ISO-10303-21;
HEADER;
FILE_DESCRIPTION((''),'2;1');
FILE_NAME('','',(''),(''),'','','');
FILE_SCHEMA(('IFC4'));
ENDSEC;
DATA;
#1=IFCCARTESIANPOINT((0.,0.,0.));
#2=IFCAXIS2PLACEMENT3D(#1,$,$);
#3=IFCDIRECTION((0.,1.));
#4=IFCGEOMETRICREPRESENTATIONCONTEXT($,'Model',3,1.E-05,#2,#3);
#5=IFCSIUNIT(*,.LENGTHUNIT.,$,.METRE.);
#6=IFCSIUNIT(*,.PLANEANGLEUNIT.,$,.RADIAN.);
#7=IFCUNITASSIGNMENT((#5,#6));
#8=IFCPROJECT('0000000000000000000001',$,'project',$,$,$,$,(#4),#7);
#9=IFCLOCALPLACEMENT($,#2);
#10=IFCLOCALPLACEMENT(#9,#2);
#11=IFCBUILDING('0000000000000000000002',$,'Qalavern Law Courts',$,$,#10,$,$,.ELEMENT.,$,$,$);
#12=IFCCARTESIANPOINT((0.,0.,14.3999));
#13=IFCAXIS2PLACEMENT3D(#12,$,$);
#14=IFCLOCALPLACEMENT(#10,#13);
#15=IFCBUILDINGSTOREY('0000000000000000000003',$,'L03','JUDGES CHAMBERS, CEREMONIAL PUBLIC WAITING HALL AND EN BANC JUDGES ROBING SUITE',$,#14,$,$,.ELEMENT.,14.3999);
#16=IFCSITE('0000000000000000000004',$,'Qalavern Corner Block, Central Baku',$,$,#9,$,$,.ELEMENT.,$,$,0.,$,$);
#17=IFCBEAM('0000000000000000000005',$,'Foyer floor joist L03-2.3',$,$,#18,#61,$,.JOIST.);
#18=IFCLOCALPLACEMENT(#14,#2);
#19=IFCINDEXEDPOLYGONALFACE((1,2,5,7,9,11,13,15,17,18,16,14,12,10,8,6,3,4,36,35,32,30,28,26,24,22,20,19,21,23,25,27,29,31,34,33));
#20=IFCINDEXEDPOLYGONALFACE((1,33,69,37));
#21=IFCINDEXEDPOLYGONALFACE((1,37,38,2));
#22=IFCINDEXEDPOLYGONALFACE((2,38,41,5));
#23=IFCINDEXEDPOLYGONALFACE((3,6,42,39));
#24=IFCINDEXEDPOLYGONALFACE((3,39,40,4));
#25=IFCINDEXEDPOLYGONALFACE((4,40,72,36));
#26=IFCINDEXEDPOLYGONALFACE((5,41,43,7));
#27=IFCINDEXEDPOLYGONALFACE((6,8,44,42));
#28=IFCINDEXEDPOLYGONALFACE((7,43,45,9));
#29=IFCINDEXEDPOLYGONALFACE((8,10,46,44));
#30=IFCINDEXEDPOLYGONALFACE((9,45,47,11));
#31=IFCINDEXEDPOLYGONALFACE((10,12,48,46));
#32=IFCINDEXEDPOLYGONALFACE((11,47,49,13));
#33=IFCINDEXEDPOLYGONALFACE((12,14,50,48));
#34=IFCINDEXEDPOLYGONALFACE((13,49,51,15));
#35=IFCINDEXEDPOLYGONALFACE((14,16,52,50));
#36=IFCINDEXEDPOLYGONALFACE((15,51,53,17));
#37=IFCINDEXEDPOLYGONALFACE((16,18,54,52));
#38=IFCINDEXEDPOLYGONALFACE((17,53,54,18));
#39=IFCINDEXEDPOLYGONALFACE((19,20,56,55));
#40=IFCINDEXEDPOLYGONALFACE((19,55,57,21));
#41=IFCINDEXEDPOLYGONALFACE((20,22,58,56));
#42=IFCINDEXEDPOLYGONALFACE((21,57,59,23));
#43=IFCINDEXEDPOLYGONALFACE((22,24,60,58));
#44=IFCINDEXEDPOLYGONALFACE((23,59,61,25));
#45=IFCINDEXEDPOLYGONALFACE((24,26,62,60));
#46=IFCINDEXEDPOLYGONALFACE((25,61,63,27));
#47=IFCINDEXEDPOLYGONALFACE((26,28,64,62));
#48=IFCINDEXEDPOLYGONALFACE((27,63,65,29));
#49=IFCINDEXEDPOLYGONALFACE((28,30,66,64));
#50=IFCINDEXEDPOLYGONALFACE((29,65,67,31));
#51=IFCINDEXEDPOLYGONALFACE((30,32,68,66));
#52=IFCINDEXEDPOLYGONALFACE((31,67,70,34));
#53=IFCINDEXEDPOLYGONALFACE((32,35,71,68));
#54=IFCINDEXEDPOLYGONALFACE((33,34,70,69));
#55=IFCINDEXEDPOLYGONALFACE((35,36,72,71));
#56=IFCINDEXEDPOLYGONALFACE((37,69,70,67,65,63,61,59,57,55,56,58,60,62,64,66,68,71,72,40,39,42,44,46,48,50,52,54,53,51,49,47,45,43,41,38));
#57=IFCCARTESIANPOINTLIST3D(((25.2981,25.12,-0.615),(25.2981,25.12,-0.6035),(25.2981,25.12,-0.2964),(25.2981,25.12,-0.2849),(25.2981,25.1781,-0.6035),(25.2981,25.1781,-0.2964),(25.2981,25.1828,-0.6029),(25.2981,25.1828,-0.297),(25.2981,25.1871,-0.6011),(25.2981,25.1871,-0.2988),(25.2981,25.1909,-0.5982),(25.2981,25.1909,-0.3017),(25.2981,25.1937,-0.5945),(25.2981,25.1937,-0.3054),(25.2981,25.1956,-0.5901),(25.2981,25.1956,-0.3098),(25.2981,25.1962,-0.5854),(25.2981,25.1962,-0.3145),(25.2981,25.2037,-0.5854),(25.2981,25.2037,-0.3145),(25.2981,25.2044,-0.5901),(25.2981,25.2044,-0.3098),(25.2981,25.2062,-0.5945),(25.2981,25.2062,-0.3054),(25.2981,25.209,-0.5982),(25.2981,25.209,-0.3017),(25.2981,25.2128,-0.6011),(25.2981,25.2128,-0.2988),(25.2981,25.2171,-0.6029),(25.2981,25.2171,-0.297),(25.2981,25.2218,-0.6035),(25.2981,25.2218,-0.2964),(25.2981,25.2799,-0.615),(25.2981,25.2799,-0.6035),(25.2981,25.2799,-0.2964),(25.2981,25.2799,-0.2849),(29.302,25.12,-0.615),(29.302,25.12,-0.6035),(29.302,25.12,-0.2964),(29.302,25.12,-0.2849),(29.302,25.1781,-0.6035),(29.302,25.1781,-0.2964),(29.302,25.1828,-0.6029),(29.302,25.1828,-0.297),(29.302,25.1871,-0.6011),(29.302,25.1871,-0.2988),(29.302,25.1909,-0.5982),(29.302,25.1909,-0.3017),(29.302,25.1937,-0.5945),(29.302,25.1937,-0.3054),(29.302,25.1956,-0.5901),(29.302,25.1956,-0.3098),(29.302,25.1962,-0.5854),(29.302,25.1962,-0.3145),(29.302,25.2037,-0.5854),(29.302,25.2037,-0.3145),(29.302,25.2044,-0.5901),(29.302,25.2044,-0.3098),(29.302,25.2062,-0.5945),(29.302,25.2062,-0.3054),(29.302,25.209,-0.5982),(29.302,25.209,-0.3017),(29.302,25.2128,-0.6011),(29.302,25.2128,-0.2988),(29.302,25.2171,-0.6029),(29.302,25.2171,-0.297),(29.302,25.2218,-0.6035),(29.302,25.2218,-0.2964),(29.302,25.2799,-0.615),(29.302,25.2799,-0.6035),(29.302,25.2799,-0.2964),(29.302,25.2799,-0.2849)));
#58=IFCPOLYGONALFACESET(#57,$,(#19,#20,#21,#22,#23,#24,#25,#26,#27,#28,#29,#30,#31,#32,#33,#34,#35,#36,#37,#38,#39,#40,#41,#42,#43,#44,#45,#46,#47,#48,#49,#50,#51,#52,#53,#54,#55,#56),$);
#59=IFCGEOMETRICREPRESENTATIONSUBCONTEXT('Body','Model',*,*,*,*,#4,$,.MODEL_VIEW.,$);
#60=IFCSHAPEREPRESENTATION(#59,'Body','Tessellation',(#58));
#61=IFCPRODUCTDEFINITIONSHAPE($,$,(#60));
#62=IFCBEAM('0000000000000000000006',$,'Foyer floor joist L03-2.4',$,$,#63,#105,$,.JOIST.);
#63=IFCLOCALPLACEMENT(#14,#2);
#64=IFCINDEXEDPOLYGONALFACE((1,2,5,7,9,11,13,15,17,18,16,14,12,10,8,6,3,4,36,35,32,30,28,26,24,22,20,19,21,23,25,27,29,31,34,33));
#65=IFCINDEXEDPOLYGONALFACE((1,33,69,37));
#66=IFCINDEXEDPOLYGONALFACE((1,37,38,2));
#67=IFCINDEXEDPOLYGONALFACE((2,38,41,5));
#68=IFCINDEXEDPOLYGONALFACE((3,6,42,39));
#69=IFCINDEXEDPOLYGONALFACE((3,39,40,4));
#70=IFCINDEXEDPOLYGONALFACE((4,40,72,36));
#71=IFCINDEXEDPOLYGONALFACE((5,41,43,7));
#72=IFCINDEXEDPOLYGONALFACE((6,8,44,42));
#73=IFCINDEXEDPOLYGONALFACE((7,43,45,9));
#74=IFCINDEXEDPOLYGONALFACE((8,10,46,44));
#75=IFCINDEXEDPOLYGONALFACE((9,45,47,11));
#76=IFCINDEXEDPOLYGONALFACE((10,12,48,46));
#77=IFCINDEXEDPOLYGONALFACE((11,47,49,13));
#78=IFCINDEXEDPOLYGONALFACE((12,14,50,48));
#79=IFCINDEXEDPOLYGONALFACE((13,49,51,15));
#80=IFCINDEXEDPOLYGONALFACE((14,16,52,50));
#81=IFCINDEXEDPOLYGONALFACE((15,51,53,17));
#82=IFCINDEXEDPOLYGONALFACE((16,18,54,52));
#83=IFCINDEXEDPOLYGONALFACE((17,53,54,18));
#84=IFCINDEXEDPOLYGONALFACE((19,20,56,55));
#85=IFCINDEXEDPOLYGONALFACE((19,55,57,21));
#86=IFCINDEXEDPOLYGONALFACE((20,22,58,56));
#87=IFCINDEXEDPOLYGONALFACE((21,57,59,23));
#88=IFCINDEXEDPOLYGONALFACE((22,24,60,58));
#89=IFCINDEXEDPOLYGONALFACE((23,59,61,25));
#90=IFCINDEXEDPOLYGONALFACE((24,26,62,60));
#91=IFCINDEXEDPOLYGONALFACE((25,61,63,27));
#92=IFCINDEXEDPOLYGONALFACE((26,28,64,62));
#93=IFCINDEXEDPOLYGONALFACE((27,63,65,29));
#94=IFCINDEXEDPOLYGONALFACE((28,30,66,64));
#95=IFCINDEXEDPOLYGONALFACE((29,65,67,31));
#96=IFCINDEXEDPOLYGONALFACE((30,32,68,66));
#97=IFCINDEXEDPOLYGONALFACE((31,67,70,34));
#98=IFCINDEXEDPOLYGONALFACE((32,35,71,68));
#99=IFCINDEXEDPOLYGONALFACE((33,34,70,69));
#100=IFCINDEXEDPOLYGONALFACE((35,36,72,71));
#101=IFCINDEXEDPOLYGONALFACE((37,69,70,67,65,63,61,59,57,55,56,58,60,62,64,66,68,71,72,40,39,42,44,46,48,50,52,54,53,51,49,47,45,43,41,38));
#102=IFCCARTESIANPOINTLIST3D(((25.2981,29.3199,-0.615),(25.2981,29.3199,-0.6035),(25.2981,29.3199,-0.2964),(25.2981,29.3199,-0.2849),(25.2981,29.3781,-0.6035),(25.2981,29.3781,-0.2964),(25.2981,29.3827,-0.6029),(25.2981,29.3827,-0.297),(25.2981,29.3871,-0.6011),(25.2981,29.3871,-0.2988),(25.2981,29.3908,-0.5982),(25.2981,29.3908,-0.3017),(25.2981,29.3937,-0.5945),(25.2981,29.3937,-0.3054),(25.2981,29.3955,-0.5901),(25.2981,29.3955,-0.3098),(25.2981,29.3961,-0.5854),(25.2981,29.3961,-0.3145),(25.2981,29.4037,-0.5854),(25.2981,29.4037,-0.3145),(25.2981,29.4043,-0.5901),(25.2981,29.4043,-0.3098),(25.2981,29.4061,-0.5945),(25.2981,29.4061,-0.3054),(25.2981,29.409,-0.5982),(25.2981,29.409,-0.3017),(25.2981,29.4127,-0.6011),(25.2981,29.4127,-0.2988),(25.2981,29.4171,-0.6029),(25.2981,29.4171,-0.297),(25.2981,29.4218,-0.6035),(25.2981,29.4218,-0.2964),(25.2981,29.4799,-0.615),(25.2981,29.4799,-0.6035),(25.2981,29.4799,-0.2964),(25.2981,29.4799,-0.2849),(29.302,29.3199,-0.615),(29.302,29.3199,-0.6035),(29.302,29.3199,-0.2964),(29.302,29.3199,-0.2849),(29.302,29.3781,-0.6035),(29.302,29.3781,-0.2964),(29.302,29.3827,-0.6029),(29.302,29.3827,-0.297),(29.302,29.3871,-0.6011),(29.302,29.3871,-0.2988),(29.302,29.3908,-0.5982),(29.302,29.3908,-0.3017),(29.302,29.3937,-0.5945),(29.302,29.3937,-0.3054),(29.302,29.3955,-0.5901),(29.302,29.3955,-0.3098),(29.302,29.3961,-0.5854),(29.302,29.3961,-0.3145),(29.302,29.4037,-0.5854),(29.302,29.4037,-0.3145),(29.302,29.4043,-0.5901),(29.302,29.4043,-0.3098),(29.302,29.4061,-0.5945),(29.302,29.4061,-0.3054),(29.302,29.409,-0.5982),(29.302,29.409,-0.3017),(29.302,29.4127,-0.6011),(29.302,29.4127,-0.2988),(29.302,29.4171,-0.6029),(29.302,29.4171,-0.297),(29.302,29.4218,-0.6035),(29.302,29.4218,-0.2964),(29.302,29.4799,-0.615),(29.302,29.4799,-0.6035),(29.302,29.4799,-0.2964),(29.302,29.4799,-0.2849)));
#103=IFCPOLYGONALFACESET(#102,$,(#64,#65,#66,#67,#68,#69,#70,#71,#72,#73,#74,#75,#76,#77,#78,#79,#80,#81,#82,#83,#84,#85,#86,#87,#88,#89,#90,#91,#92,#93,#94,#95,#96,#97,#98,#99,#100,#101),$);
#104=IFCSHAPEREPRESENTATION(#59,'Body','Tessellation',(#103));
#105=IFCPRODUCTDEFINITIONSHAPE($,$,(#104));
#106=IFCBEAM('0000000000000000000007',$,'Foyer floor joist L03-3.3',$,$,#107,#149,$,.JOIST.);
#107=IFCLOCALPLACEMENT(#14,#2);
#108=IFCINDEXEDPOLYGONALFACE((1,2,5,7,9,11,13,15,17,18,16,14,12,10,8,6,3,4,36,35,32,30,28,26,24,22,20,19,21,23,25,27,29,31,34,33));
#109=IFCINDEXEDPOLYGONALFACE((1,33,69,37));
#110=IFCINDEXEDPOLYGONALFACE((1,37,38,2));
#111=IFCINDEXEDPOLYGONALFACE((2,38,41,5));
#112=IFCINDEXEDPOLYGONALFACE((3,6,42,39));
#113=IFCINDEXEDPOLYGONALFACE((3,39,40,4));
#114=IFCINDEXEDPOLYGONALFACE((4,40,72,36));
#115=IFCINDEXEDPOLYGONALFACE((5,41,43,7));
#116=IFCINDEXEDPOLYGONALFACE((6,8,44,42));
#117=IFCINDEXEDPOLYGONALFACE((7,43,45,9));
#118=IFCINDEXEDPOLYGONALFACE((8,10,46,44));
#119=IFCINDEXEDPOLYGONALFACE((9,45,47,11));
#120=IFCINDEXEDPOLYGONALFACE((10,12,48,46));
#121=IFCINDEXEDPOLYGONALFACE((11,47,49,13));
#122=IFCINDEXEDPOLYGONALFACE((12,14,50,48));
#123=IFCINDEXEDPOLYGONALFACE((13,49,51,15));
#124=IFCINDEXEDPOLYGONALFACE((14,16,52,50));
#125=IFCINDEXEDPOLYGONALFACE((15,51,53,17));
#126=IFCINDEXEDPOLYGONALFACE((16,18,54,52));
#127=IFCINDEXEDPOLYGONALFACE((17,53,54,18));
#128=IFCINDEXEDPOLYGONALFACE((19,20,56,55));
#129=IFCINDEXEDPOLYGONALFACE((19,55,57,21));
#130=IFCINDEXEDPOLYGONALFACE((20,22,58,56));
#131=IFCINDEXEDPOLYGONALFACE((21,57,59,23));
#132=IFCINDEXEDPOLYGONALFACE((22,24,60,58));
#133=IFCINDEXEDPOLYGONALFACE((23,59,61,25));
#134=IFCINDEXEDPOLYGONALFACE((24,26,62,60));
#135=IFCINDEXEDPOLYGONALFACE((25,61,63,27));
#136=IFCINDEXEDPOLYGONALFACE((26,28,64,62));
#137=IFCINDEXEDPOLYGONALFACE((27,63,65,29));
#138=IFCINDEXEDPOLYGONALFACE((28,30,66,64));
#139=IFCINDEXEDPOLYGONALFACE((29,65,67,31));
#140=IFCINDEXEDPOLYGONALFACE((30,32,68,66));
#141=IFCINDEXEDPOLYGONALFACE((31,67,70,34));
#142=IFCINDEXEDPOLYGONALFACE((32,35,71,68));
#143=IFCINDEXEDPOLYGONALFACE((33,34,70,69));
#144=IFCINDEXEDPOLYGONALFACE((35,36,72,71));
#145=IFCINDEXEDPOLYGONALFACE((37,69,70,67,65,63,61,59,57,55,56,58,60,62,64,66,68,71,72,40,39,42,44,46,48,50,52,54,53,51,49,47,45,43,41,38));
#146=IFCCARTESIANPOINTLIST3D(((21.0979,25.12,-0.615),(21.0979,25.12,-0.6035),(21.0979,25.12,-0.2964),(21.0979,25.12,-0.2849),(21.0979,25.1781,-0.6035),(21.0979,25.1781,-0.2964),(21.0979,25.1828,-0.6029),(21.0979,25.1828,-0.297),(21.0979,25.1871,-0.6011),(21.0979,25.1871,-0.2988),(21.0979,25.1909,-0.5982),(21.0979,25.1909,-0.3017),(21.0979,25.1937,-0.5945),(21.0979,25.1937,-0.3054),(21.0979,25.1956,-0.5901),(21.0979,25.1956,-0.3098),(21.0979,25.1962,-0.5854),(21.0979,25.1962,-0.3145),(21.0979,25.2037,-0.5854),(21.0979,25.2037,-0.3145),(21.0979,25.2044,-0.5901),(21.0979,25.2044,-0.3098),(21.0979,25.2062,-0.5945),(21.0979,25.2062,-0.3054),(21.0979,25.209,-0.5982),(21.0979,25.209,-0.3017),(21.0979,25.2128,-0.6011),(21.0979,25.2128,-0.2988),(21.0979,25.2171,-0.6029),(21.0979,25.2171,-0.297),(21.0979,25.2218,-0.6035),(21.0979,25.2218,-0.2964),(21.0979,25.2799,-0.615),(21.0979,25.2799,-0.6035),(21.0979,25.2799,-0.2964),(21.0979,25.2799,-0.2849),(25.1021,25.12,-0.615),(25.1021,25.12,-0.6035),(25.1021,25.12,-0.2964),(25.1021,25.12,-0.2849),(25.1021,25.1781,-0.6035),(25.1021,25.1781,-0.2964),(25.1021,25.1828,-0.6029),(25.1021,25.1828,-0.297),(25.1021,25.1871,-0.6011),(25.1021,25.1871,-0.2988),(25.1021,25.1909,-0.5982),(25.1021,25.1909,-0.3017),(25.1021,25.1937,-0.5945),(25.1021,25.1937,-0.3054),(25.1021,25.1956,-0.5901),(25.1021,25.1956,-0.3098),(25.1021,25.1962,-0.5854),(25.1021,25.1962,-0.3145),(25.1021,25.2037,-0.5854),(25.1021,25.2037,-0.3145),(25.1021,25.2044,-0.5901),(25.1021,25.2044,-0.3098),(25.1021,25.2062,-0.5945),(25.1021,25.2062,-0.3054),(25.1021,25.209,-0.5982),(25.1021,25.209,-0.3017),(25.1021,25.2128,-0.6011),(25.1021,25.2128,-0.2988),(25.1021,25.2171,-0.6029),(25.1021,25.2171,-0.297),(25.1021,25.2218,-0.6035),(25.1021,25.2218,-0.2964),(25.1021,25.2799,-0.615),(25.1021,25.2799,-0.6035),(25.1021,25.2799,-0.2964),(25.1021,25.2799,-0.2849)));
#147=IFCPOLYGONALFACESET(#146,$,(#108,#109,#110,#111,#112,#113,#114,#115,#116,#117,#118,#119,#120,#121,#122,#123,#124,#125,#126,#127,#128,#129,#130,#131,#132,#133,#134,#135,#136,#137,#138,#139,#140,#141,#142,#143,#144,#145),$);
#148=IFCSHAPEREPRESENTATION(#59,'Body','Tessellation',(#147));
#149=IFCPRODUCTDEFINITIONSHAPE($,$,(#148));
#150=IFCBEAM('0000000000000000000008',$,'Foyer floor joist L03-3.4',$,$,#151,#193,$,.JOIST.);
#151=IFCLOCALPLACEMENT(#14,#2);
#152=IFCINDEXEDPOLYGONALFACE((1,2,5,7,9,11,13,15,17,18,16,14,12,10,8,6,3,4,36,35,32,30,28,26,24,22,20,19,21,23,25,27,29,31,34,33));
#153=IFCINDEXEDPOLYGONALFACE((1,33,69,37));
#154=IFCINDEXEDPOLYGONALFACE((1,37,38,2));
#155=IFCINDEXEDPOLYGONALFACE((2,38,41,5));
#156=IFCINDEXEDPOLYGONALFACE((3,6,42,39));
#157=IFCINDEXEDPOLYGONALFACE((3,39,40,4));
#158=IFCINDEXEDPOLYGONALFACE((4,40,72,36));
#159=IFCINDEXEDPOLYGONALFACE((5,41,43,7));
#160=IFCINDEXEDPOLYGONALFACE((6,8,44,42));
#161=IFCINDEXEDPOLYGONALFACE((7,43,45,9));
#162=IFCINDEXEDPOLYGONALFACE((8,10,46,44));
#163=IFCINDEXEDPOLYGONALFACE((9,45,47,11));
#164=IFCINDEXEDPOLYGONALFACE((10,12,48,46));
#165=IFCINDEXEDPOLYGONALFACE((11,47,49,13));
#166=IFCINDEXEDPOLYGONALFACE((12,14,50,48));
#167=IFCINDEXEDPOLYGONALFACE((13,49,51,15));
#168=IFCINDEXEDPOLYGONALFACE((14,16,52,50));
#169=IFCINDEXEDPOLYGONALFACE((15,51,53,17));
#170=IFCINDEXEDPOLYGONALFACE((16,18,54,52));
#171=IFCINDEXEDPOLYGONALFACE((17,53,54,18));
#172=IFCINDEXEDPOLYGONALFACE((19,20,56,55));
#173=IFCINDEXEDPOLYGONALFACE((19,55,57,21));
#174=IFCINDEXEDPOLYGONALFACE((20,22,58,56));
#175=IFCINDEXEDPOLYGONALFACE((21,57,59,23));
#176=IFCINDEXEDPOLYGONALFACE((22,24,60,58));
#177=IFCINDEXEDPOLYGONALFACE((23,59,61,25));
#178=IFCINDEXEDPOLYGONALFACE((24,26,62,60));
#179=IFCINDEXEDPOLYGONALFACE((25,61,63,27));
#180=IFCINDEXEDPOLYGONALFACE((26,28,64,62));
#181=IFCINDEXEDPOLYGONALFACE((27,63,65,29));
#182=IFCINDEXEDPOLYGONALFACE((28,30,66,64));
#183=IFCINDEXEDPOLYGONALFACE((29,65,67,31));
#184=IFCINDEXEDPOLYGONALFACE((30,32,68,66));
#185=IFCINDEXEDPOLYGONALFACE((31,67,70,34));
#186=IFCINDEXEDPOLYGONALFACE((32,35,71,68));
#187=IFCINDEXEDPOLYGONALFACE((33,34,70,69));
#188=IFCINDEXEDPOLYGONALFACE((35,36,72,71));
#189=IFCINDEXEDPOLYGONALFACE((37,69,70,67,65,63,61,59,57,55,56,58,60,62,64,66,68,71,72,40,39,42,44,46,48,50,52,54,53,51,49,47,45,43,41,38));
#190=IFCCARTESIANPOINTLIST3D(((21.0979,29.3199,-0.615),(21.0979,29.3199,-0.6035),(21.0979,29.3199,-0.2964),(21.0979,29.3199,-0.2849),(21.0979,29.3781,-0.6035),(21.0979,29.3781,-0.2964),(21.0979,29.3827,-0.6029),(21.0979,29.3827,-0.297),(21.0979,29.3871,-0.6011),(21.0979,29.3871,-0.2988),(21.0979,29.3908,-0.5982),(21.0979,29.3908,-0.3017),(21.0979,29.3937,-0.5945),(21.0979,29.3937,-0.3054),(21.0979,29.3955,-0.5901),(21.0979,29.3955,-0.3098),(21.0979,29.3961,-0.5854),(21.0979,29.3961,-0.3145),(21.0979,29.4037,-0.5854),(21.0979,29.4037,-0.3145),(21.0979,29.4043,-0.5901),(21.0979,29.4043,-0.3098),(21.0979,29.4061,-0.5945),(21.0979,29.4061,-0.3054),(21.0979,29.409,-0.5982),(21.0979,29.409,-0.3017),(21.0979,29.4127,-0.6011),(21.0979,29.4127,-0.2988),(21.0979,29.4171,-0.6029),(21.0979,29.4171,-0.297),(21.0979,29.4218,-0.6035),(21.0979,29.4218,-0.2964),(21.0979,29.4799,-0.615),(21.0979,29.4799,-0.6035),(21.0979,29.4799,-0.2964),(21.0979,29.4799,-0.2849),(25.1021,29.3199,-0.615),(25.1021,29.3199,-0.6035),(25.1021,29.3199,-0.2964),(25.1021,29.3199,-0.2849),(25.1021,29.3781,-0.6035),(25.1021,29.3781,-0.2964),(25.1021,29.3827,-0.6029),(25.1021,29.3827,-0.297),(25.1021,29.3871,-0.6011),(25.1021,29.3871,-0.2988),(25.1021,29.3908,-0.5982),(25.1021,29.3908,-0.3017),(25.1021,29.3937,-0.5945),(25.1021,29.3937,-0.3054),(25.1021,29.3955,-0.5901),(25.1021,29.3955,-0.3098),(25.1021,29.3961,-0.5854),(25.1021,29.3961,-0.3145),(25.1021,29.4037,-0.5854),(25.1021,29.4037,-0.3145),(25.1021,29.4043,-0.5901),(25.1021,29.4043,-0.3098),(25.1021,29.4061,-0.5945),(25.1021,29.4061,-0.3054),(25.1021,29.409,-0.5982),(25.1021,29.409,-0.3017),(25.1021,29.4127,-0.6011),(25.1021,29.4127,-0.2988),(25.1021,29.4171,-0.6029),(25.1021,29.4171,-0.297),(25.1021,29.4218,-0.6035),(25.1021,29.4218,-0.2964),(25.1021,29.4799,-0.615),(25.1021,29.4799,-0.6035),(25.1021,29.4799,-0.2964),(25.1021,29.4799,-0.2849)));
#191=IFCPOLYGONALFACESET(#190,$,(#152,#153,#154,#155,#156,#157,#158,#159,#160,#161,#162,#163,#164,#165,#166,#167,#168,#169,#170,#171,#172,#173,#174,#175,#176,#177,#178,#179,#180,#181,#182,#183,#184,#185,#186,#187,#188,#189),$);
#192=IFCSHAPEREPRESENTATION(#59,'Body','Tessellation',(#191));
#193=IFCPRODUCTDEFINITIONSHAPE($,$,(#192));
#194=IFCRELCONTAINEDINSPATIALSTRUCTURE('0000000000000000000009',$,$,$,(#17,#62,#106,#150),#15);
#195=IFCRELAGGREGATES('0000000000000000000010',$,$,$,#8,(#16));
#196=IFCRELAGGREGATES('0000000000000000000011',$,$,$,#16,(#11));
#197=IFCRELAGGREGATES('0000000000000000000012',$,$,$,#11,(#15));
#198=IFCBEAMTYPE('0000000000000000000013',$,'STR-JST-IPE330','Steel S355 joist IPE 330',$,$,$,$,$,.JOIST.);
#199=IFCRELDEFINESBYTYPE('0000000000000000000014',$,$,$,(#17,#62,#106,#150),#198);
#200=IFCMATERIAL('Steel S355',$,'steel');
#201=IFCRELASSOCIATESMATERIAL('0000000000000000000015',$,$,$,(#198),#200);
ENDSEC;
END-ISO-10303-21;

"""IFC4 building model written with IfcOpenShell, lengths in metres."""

from ifc_helpers import new_model, si_unit, direction, frame, origin, origin_2d, place, context, subcontext, project, spatial, i_section, extrude, material, material_profile, profile_set, type_object, element, save


model = new_model("IFC4")

# Units and contexts
model_context = context("Model", 3, precision=1e-05, world=origin(), true_north=direction((0.0, 1.0)))
body_context = subcontext(model_context, "Body", "Model", "MODEL_VIEW")
ifc_project = project(units=[si_unit("LENGTHUNIT", "METRE"), si_unit("PLANEANGLEUNIT", "RADIAN")], contexts=[model_context])

# Site, building, storey
site_placement = place(None, origin())
site = spatial("IfcSite", under=ifc_project, at=site_placement, Name="Qalavern Corner Block, Central Baku", CompositionType="ELEMENT", RefElevation=0.0)
building_placement = place(site_placement, origin())
building = spatial("IfcBuilding", under=site, at=building_placement, Name="Qalavern Law Courts", CompositionType="ELEMENT")
storey_placement = place(building_placement, frame((0.0, 0.0, 14.3999)))
storey = spatial("IfcBuildingStorey", under=building, at=storey_placement, Name="L03", Description="JUDGES CHAMBERS, CEREMONIAL PUBLIC WAITING HALL AND EN BANC JUDGES ROBING SUITE", CompositionType="ELEMENT", Elevation=14.3999)

# Shared definitions
ifc_material_1 = material(Name="Steel S355", Category="steel")

# Beams
ifc_material_profile_1 = material_profile(ifc_material_1, i_section(OverallWidth=0.1599, OverallDepth=0.3301, WebThickness=0.0076, FlangeThickness=0.0115, FilletRadius=0.0181, at=origin_2d()), Name="IPE 330")
ifc_profile_set_1 = profile_set([ifc_material_profile_1], Name="Steel S355")
beam_type_1 = type_object("IfcBeamType", Name="STR-JST-IPE330", Description="Steel S355 joist IPE 330", PredefinedType="JOIST", material=ifc_profile_set_1)
for number, where, z_axis, x_axis, name in (
    (1, (25.2981, 25.2, -0.45), (1.0, 0.0, 0.0), (0.0, 1.0, 0.0), "Foyer floor joist L03-2.3"),
    (2, (25.2981, 29.3999, -0.45), (1.0, 0.0, 0.0), (0.0, 1.0, 0.0), "Foyer floor joist L03-2.4"),
):
    element("IfcBeam", number, at=place(storey_placement, frame(where, z_axis=z_axis, x_axis=x_axis)), inside=storey, type_object=beam_type_1, Name=name, PredefinedType="JOIST", context=body_context, shape_type="SweptSolid", body=[
        extrude(i_section(OverallWidth=0.1599, OverallDepth=0.3301, WebThickness=0.0076, FlangeThickness=0.0115, FilletRadius=0.0181, at=origin_2d()), origin(), (0.0, 0.0, 1.0), 4.0039),
    ])
for number, where, z_axis, x_axis, name in (
    (3, (21.0979, 25.2, -0.45), (1.0, 0.0, 0.0), (0.0, 1.0, 0.0), "Foyer floor joist L03-3.3"),
    (4, (21.0979, 29.3999, -0.45), (1.0, 0.0, 0.0), (0.0, 1.0, 0.0), "Foyer floor joist L03-3.4"),
):
    element("IfcBeam", number, at=place(storey_placement, frame(where, z_axis=z_axis, x_axis=x_axis)), inside=storey, type_object=beam_type_1, Name=name, PredefinedType="JOIST", context=body_context, shape_type="SweptSolid", body=[
        extrude(i_section(OverallWidth=0.1599, OverallDepth=0.3301, WebThickness=0.0076, FlangeThickness=0.0115, FilletRadius=0.0181, at=origin_2d()), origin(), (0.0, 0.0, 1.0), 4.0042),
    ])

save(model, "model.ifc")
